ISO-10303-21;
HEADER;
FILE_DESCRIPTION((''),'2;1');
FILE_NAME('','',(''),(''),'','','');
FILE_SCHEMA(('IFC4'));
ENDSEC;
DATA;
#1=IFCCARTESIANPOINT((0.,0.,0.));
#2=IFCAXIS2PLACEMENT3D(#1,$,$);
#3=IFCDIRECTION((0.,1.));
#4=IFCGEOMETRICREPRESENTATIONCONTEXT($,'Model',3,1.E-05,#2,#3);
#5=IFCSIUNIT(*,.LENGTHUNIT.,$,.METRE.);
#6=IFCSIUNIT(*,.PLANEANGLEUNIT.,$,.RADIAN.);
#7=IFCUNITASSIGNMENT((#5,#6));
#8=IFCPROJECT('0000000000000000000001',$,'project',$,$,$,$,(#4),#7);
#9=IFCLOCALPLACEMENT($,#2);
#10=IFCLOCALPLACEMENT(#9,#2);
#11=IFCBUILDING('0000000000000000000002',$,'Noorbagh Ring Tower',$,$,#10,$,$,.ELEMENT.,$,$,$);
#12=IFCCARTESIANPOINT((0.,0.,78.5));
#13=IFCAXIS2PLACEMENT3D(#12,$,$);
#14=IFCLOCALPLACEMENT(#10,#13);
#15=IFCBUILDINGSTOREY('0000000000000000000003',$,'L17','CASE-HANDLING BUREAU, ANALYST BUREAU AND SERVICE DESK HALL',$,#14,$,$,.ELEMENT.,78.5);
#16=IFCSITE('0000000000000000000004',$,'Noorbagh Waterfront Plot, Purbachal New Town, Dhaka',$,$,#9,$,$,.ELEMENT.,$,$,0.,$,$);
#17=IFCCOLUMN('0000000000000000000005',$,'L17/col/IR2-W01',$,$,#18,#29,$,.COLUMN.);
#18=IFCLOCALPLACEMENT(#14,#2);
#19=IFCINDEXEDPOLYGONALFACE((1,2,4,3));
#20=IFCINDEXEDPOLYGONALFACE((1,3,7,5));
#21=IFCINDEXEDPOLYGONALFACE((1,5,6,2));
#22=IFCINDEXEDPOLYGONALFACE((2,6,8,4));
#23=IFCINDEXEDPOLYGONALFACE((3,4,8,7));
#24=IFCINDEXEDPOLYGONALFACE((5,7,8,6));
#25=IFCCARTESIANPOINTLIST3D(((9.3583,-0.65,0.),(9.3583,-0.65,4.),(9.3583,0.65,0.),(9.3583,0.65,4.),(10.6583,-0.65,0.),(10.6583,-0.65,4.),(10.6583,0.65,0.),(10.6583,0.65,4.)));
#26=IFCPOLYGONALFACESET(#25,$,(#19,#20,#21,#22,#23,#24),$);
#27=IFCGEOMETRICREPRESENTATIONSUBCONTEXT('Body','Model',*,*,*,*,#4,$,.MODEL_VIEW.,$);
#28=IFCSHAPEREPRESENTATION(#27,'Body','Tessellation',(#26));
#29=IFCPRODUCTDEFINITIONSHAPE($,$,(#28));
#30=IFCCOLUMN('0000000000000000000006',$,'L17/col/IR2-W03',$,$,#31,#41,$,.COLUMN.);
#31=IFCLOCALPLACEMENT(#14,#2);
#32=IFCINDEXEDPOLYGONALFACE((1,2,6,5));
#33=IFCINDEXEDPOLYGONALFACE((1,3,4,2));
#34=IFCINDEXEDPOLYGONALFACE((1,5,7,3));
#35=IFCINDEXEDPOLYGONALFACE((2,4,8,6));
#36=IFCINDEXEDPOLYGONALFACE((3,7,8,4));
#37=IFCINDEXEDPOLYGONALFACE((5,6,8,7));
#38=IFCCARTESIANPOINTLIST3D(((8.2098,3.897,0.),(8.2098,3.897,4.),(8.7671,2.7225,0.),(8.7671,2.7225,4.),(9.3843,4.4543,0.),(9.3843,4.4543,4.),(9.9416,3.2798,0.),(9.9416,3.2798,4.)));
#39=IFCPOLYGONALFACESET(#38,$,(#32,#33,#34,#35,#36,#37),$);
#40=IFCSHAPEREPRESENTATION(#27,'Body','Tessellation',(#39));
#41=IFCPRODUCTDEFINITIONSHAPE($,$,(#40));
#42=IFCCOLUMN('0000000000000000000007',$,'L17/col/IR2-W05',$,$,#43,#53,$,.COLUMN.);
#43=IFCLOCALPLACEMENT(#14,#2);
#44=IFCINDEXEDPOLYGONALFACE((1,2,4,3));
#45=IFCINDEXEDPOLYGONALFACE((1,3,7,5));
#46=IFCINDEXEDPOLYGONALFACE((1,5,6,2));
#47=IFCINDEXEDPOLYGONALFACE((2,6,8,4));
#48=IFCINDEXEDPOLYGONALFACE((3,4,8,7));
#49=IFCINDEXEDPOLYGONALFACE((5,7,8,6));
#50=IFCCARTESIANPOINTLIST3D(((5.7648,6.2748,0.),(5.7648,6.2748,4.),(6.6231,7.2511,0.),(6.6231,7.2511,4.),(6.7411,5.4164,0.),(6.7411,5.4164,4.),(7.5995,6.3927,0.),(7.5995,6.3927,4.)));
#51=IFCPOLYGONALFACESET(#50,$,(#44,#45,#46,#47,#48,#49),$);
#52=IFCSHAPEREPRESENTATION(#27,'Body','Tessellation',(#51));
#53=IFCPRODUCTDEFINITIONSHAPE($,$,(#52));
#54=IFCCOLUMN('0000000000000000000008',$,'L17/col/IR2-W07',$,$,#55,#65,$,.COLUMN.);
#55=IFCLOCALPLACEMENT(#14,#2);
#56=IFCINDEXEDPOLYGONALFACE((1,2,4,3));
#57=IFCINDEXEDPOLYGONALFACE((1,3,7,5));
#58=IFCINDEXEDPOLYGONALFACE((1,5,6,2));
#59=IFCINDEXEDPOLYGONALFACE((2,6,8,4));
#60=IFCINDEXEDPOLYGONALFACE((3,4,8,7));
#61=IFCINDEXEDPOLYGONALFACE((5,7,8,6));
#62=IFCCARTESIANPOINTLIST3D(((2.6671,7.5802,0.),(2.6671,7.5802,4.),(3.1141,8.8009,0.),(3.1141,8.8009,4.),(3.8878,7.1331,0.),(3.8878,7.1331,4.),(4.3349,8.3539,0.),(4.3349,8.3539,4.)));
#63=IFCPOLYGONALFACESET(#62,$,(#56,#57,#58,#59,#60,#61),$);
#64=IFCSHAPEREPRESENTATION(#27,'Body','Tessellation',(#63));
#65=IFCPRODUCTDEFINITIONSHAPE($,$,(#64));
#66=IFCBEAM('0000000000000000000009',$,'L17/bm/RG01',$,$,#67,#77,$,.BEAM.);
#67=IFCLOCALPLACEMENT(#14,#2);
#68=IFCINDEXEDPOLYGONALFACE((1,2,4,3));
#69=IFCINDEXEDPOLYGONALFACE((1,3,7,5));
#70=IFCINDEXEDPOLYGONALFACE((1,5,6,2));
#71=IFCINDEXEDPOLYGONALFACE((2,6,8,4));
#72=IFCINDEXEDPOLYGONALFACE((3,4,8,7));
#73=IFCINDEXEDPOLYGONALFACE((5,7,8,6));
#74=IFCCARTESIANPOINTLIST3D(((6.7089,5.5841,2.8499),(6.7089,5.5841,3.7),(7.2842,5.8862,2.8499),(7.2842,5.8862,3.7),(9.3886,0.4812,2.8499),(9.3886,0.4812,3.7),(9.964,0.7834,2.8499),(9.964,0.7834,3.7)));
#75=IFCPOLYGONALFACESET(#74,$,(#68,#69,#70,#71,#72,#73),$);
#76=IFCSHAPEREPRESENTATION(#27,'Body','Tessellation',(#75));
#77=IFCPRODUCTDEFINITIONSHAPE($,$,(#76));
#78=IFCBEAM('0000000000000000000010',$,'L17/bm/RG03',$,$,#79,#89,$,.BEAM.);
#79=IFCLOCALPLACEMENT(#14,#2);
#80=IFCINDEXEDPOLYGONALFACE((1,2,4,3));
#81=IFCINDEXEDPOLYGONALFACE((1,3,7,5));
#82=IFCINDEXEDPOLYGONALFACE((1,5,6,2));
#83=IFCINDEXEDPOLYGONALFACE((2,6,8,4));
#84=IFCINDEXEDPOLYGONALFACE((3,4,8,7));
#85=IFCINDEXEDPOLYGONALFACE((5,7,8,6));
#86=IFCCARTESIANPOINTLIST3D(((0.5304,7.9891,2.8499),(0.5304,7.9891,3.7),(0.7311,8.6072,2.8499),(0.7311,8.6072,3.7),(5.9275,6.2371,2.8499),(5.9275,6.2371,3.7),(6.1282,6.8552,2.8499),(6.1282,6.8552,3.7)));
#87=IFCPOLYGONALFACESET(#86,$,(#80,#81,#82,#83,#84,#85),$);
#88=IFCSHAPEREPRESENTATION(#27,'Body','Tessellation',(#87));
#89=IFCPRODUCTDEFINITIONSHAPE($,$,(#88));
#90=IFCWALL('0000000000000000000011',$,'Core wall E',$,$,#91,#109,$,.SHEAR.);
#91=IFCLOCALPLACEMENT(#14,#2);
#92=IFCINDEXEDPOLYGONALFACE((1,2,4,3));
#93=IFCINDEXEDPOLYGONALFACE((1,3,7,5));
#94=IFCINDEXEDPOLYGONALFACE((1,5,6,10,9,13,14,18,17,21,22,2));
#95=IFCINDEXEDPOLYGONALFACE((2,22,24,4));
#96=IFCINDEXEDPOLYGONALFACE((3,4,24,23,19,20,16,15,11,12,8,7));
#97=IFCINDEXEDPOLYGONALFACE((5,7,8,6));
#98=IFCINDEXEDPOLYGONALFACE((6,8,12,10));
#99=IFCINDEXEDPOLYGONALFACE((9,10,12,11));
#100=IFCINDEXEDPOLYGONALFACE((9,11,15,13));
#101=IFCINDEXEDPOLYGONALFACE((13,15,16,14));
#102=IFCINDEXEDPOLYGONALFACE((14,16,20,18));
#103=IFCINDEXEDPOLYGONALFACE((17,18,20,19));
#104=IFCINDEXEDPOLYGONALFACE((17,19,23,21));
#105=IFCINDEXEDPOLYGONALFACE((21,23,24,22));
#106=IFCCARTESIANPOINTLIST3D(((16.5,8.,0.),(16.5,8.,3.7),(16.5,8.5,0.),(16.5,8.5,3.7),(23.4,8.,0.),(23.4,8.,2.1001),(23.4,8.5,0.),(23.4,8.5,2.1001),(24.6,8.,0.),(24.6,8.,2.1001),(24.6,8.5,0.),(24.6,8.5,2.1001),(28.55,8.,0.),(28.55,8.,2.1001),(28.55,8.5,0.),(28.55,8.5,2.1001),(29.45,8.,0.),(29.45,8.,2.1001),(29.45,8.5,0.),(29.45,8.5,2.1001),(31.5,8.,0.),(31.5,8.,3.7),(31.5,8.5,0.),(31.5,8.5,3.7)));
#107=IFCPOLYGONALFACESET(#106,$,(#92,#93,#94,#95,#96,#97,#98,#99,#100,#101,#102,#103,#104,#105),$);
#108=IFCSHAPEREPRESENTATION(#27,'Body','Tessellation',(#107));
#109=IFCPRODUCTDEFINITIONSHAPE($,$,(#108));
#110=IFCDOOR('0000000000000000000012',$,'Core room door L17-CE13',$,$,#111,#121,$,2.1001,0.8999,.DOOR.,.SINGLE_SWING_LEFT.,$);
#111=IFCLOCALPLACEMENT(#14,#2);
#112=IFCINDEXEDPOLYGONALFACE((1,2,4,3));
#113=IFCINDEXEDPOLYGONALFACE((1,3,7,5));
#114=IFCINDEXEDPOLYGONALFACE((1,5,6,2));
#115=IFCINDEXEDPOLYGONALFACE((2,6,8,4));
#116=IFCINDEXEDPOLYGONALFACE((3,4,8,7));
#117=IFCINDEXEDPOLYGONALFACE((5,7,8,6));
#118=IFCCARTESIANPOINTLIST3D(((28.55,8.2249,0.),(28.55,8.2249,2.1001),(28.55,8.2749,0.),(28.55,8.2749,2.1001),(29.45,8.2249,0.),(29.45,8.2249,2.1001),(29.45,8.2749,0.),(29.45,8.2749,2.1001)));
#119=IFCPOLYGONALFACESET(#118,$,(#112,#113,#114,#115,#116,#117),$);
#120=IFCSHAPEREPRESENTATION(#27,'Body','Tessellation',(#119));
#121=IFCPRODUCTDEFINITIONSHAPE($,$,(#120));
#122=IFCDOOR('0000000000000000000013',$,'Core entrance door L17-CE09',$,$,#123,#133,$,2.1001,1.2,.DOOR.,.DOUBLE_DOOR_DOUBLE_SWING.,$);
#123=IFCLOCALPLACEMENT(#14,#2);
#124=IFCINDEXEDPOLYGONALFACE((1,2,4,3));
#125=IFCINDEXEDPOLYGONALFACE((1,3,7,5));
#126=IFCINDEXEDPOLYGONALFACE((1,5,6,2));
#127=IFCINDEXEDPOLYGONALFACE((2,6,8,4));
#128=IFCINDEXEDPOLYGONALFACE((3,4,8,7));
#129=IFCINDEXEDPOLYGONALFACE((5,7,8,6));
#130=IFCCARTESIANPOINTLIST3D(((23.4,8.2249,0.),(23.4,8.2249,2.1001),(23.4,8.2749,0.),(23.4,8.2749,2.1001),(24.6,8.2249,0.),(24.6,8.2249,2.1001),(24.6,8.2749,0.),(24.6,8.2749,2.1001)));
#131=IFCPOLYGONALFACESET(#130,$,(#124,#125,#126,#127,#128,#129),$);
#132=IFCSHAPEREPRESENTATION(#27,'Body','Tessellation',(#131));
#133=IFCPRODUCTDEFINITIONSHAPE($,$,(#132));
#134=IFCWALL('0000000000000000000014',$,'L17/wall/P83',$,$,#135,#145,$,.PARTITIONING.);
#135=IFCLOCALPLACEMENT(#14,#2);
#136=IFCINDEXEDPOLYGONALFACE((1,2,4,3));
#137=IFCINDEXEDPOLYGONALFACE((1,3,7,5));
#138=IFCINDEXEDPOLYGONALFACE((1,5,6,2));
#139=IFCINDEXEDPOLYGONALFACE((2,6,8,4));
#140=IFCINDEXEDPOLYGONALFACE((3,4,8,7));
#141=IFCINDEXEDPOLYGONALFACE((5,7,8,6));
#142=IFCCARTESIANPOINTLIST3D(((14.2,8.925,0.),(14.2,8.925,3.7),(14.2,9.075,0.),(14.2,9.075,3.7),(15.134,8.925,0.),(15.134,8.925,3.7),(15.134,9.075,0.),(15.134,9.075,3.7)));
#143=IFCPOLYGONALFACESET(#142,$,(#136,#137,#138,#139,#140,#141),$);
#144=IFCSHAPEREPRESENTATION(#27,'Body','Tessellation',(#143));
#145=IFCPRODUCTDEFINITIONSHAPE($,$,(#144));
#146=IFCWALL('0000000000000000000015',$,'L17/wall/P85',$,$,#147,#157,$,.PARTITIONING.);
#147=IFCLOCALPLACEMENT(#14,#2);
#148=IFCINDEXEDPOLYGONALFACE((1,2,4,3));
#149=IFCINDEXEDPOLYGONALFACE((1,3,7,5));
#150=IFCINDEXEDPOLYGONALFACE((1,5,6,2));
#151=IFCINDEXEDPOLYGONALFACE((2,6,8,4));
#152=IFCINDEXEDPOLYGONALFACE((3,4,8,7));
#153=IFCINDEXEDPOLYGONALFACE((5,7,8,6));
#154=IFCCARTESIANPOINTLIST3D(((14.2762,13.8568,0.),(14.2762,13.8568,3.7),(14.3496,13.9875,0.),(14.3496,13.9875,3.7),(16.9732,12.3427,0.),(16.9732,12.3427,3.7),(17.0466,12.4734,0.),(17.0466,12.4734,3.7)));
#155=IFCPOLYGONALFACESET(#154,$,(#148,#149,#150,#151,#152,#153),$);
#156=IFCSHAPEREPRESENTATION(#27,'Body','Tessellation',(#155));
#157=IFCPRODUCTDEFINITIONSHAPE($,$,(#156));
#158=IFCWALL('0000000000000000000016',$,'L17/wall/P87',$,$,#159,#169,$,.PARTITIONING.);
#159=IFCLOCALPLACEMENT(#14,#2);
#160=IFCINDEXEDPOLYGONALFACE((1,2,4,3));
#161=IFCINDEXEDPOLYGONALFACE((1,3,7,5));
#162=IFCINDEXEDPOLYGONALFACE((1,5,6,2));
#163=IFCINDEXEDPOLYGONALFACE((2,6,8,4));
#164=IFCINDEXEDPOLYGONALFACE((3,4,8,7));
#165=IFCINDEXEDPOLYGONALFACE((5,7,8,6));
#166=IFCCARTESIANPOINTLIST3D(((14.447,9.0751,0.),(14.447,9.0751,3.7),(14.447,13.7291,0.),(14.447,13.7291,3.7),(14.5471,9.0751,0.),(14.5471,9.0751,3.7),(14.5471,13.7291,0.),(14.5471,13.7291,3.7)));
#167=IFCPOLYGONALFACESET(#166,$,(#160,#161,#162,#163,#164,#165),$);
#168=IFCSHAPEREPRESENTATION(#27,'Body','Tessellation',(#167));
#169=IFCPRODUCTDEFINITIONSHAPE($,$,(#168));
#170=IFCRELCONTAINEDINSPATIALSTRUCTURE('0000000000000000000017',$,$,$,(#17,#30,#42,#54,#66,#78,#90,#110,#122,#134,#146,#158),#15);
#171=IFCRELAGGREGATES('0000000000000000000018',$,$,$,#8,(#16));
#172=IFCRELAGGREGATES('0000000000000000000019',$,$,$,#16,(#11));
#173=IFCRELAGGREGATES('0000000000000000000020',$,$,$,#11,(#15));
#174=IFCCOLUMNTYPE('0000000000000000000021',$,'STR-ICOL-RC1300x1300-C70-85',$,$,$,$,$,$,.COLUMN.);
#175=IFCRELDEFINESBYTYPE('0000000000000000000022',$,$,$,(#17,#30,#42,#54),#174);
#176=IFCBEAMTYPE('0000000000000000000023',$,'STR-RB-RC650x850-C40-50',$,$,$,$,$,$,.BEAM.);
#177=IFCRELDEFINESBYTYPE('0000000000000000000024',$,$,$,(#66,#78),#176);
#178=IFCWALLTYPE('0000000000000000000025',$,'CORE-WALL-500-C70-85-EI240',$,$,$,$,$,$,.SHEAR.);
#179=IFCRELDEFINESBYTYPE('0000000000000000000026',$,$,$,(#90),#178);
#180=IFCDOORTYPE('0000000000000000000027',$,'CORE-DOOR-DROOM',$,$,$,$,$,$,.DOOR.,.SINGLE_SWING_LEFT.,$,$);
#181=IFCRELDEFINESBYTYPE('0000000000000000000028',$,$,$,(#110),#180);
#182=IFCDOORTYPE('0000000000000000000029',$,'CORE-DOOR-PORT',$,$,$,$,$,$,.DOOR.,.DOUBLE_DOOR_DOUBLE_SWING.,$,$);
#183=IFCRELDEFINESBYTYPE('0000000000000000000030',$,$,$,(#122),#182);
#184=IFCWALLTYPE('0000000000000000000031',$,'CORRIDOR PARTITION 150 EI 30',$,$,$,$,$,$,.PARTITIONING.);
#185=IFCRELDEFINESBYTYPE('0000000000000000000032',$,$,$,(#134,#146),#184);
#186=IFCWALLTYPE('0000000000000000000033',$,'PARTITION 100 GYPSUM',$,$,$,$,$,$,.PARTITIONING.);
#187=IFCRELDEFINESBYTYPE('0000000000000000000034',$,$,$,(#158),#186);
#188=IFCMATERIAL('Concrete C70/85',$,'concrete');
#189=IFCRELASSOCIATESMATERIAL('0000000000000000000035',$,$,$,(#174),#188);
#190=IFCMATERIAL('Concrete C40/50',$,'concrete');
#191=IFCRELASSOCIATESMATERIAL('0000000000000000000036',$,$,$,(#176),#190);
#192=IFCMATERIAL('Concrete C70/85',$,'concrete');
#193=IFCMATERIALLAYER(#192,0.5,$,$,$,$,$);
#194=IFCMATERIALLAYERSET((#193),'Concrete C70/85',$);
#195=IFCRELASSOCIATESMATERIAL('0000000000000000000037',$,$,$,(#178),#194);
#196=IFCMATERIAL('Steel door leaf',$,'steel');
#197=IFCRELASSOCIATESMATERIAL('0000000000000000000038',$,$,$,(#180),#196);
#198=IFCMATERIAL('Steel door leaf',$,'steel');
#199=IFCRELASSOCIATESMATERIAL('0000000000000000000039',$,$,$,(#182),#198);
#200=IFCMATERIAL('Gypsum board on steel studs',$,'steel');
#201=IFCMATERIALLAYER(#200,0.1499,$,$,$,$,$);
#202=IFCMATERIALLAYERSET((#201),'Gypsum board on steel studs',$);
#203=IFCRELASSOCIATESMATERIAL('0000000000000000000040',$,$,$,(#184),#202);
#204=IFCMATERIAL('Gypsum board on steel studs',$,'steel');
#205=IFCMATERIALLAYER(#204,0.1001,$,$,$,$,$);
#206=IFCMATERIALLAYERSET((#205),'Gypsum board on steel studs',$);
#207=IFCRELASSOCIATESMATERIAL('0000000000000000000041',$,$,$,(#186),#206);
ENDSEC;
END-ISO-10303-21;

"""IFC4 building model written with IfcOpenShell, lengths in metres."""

from ifc_helpers import new_model, si_unit, direction, frame, frame_2d, origin, origin_2d, place, context, subcontext, project, spatial, rectangle, extrude, material, layer, layer_set, material_profile, profile_set, type_object, element, fill, save


model = new_model("IFC4")

# Units and contexts
model_context = context("Model", 3, precision=1e-05, world=origin(), true_north=direction((0.0, 1.0)))
body_context = subcontext(model_context, "Body", "Model", "MODEL_VIEW")
ifc_project = project(units=[si_unit("LENGTHUNIT", "METRE"), si_unit("PLANEANGLEUNIT", "RADIAN")], contexts=[model_context])

# Site, building, storey
site_placement = place(None, origin())
site = spatial("IfcSite", under=ifc_project, at=site_placement, Name="Noorbagh Waterfront Plot, Purbachal New Town, Dhaka", CompositionType="ELEMENT", RefElevation=0.0)
building_placement = place(site_placement, origin())
building = spatial("IfcBuilding", under=site, at=building_placement, Name="Noorbagh Ring Tower", CompositionType="ELEMENT")
storey_placement = place(building_placement, frame((0.0, 0.0, 78.5)))
storey = spatial("IfcBuildingStorey", under=building, at=storey_placement, Name="L17", Description="CASE-HANDLING BUREAU, ANALYST BUREAU AND SERVICE DESK HALL", CompositionType="ELEMENT", Elevation=78.5)

# Columns
ifc_material_1 = material(Name="Concrete C70/85", Category="concrete")
ifc_material_profile_1 = material_profile(ifc_material_1, rectangle(XDim=1.3, YDim=1.3, at=origin_2d()), Name="RC1300x1300")
ifc_profile_set_1 = profile_set([ifc_material_profile_1], Name="Concrete C70/85")
column_type = type_object("IfcColumnType", Name="STR-ICOL-RC1300x1300-C70-85", PredefinedType="COLUMN", material=ifc_profile_set_1)
for number, where, z_axis, x_axis, name in (
    (1, (10.0083, 0.0, 0.0), (0.0, 0.0, 1.0), (0.0, 1.0, 0.0), "L17/col/IR2-W01"),
    (2, (9.0757, 3.5884, 0.0), (0.0, 0.0, 1.0), (-0.428667, 0.903463, 0.0), "L17/col/IR2-W03"),
    (3, (6.6821, 6.3337, 0.0), (0.0, 0.0, 1.0), (-0.751022, 0.660277, 0.0), "L17/col/IR2-W05"),
    (4, (3.501, 7.967, 0.0), (0.0, 0.0, 1.0), (-0.93902, 0.343864, 0.0), "L17/col/IR2-W07"),
):
    element("IfcColumn", number, at=place(storey_placement, frame(where, z_axis=z_axis, x_axis=x_axis)), inside=storey, type_object=column_type, Name=name, PredefinedType="COLUMN", context=body_context, shape_type="SweptSolid", body=[
        extrude(rectangle(XDim=1.3, YDim=1.3, at=origin_2d()), origin(), (0.0, 0.0, 1.0), 4.0),
    ])

# Beams
ifc_material_2 = material(Name="Concrete C40/50", Category="concrete")
ifc_material_profile_2 = material_profile(ifc_material_2, rectangle(XDim=0.6499, YDim=0.8501, at=origin_2d()), Name="RC650x850")
ifc_profile_set_2 = profile_set([ifc_material_profile_2], Name="Concrete C40/50")
beam_type = type_object("IfcBeamType", Name="STR-RB-RC650x850-C40-50", PredefinedType="BEAM", material=ifc_profile_set_2)
beam_1_placement = place(storey_placement, frame((9.6763, 0.6323, 3.2749), z_axis=(-0.464933, 0.885346, 0.0), x_axis=(-0.885346, -0.464933, 0.0)))
element("IfcBeam", 5, at=beam_1_placement, inside=storey, type_object=beam_type, Name="L17/bm/RG01", PredefinedType="BEAM", context=body_context, shape_type="SweptSolid", body=[
    extrude(rectangle(XDim=0.6499, YDim=0.8501, at=origin_2d()), origin(), (0.0, 0.0, 1.0), 5.7637),
])
beam_2_placement = place(storey_placement, frame((6.0278, 6.5461, 3.2749), z_axis=(-0.951141, 0.308757, 0.0), x_axis=(-0.308757, -0.951141, 0.0)))
element("IfcBeam", 6, at=beam_2_placement, inside=storey, type_object=beam_type, Name="L17/bm/RG03", PredefinedType="BEAM", context=body_context, shape_type="SweptSolid", body=[
    extrude(rectangle(XDim=0.6499, YDim=0.8501, at=origin_2d()), origin(), (0.0, 0.0, 1.0), 5.6743),
])

# Wall, openings, doors
ifc_material_3 = material(Name="Concrete C70/85", Category="concrete")
ifc_layer_1 = layer(ifc_material_3, 0.5)
ifc_layer_set_1 = layer_set([ifc_layer_1], Name="Concrete C70/85")
wall_type_1 = type_object("IfcWallType", Name="CORE-WALL-500-C70-85-EI240", PredefinedType="SHEAR", material=ifc_layer_set_1)
wall_1_placement = place(storey_placement, frame((16.5, 8.25, 0.0), z_axis=(0.0, 0.0, 1.0), x_axis=(1.0, 0.0, 0.0)))
wall_1 = element("IfcWall", 7, at=wall_1_placement, inside=storey, type_object=wall_type_1, Name="Core wall E", PredefinedType="SHEAR", context=body_context, shape_type="SweptSolid", body=[
    extrude(rectangle(XDim=15.0, YDim=0.5, at=frame_2d((7.5, 0.0))), origin(), (0.0, 0.0, 1.0), 3.7),
])
opening_1_placement = place(wall_1_placement, frame((6.8999, 0.0, 0.0)))
opening_1 = element("IfcOpeningElement", 8, at=opening_1_placement, cuts=wall_1, PredefinedType="OPENING", context=body_context, shape_type="SweptSolid", body=[
    extrude(rectangle(XDim=1.2, YDim=2.1001, at=frame_2d((0.6001, 1.05))), frame((0.0, 0.26, 0.0), z_axis=(0.0, -1.0, 0.0), x_axis=(1.0, 0.0, 0.0)), (0.0, 0.0, 1.0), 0.52),
])
opening_2_placement = place(wall_1_placement, frame((12.05, 0.0, 0.0)))
opening_2 = element("IfcOpeningElement", 9, at=opening_2_placement, cuts=wall_1, PredefinedType="OPENING", context=body_context, shape_type="SweptSolid", body=[
    extrude(rectangle(XDim=0.8999, YDim=2.1001, at=frame_2d((0.45, 1.05))), frame((0.0, 0.26, 0.0), z_axis=(0.0, -1.0, 0.0), x_axis=(1.0, 0.0, 0.0)), (0.0, 0.0, 1.0), 0.52),
])
ifc_material_4 = material(Name="Steel door leaf", Category="steel")
door_type_1 = type_object("IfcDoorType", Name="CORE-DOOR-DROOM", OperationType="SINGLE_SWING_LEFT", PredefinedType="DOOR", material=ifc_material_4)
door_1_placement = place(opening_2_placement, origin())
door_1 = element("IfcDoor", 10, at=door_1_placement, inside=storey, type_object=door_type_1, Name="Core room door L17-CE13", OperationType="SINGLE_SWING_LEFT", OverallHeight=2.1001, OverallWidth=0.8999, PredefinedType="DOOR", context=body_context, shape_type="SweptSolid", body=[
    extrude(rectangle(XDim=0.8999, YDim=2.1001, at=frame_2d((0.45, 1.05))), frame((0.0, 0.0249, 0.0), z_axis=(0.0, -1.0, 0.0), x_axis=(1.0, 0.0, 0.0)), (0.0, 0.0, 1.0), 0.05),
])
fill(opening_2, door_1)
ifc_material_5 = material(Name="Steel door leaf", Category="steel")
door_type_2 = type_object("IfcDoorType", Name="CORE-DOOR-PORT", OperationType="DOUBLE_DOOR_DOUBLE_SWING", PredefinedType="DOOR", material=ifc_material_5)
door_2_placement = place(opening_1_placement, origin())
door_2 = element("IfcDoor", 11, at=door_2_placement, inside=storey, type_object=door_type_2, Name="Core entrance door L17-CE09", OperationType="DOUBLE_DOOR_DOUBLE_SWING", OverallHeight=2.1001, OverallWidth=1.2, PredefinedType="DOOR", context=body_context, shape_type="SweptSolid", body=[
    extrude(rectangle(XDim=1.2, YDim=2.1001, at=frame_2d((0.6001, 1.05))), frame((0.0, 0.0249, 0.0), z_axis=(0.0, -1.0, 0.0), x_axis=(1.0, 0.0, 0.0)), (0.0, 0.0, 1.0), 0.05),
])
fill(opening_1, door_2)

# Walls
ifc_material_6 = material(Name="Gypsum board on steel studs", Category="steel")
ifc_layer_2 = layer(ifc_material_6, 0.1499)
ifc_layer_set_2 = layer_set([ifc_layer_2], Name="Gypsum board on steel studs")
wall_type_2 = type_object("IfcWallType", Name="CORRIDOR PARTITION 150 EI 30", PredefinedType="PARTITIONING", material=ifc_layer_set_2)
wall_2_placement = place(storey_placement, frame((14.2, 9.0, 0.0), z_axis=(0.0, 0.0, 1.0), x_axis=(1.0, 0.0, 0.0)))
element("IfcWall", 12, at=wall_2_placement, inside=storey, type_object=wall_type_2, Name="L17/wall/P83", PredefinedType="PARTITIONING", context=body_context, shape_type="SweptSolid", body=[
    extrude(rectangle(XDim=0.9341, YDim=0.1499, at=frame_2d((0.467, 0.0))), origin(), (0.0, 0.0, 1.0), 3.7),
])
wall_3_placement = place(storey_placement, frame((14.313, 13.9221, 0.0), z_axis=(0.0, 0.0, 1.0), x_axis=(0.871978, -0.489545, 0.0)))
element("IfcWall", 13, at=wall_3_placement, inside=storey, type_object=wall_type_2, Name="L17/wall/P85", PredefinedType="PARTITIONING", context=body_context, shape_type="SweptSolid", body=[
    extrude(rectangle(XDim=3.093, YDim=0.1499, at=frame_2d((1.5464, 0.0))), origin(), (0.0, 0.0, 1.0), 3.7),
])
ifc_material_7 = material(Name="Gypsum board on steel studs", Category="steel")
ifc_layer_3 = layer(ifc_material_7, 0.1001)
ifc_layer_set_3 = layer_set([ifc_layer_3], Name="Gypsum board on steel studs")
wall_type_3 = type_object("IfcWallType", Name="PARTITION 100 GYPSUM", PredefinedType="PARTITIONING", material=ifc_layer_set_3)
wall_4_placement = place(storey_placement, frame((14.4971, 9.075, 0.0), z_axis=(0.0, 0.0, 1.0), x_axis=(0.0, 1.0, 0.0)))
element("IfcWall", 14, at=wall_4_placement, inside=storey, type_object=wall_type_3, Name="L17/wall/P87", PredefinedType="PARTITIONING", context=body_context, shape_type="SweptSolid", body=[
    extrude(rectangle(XDim=4.6541, YDim=0.1001, at=frame_2d((2.3271, 0.0))), origin(), (0.0, 0.0, 1.0), 3.7),
])

save(model, "model.ifc")
